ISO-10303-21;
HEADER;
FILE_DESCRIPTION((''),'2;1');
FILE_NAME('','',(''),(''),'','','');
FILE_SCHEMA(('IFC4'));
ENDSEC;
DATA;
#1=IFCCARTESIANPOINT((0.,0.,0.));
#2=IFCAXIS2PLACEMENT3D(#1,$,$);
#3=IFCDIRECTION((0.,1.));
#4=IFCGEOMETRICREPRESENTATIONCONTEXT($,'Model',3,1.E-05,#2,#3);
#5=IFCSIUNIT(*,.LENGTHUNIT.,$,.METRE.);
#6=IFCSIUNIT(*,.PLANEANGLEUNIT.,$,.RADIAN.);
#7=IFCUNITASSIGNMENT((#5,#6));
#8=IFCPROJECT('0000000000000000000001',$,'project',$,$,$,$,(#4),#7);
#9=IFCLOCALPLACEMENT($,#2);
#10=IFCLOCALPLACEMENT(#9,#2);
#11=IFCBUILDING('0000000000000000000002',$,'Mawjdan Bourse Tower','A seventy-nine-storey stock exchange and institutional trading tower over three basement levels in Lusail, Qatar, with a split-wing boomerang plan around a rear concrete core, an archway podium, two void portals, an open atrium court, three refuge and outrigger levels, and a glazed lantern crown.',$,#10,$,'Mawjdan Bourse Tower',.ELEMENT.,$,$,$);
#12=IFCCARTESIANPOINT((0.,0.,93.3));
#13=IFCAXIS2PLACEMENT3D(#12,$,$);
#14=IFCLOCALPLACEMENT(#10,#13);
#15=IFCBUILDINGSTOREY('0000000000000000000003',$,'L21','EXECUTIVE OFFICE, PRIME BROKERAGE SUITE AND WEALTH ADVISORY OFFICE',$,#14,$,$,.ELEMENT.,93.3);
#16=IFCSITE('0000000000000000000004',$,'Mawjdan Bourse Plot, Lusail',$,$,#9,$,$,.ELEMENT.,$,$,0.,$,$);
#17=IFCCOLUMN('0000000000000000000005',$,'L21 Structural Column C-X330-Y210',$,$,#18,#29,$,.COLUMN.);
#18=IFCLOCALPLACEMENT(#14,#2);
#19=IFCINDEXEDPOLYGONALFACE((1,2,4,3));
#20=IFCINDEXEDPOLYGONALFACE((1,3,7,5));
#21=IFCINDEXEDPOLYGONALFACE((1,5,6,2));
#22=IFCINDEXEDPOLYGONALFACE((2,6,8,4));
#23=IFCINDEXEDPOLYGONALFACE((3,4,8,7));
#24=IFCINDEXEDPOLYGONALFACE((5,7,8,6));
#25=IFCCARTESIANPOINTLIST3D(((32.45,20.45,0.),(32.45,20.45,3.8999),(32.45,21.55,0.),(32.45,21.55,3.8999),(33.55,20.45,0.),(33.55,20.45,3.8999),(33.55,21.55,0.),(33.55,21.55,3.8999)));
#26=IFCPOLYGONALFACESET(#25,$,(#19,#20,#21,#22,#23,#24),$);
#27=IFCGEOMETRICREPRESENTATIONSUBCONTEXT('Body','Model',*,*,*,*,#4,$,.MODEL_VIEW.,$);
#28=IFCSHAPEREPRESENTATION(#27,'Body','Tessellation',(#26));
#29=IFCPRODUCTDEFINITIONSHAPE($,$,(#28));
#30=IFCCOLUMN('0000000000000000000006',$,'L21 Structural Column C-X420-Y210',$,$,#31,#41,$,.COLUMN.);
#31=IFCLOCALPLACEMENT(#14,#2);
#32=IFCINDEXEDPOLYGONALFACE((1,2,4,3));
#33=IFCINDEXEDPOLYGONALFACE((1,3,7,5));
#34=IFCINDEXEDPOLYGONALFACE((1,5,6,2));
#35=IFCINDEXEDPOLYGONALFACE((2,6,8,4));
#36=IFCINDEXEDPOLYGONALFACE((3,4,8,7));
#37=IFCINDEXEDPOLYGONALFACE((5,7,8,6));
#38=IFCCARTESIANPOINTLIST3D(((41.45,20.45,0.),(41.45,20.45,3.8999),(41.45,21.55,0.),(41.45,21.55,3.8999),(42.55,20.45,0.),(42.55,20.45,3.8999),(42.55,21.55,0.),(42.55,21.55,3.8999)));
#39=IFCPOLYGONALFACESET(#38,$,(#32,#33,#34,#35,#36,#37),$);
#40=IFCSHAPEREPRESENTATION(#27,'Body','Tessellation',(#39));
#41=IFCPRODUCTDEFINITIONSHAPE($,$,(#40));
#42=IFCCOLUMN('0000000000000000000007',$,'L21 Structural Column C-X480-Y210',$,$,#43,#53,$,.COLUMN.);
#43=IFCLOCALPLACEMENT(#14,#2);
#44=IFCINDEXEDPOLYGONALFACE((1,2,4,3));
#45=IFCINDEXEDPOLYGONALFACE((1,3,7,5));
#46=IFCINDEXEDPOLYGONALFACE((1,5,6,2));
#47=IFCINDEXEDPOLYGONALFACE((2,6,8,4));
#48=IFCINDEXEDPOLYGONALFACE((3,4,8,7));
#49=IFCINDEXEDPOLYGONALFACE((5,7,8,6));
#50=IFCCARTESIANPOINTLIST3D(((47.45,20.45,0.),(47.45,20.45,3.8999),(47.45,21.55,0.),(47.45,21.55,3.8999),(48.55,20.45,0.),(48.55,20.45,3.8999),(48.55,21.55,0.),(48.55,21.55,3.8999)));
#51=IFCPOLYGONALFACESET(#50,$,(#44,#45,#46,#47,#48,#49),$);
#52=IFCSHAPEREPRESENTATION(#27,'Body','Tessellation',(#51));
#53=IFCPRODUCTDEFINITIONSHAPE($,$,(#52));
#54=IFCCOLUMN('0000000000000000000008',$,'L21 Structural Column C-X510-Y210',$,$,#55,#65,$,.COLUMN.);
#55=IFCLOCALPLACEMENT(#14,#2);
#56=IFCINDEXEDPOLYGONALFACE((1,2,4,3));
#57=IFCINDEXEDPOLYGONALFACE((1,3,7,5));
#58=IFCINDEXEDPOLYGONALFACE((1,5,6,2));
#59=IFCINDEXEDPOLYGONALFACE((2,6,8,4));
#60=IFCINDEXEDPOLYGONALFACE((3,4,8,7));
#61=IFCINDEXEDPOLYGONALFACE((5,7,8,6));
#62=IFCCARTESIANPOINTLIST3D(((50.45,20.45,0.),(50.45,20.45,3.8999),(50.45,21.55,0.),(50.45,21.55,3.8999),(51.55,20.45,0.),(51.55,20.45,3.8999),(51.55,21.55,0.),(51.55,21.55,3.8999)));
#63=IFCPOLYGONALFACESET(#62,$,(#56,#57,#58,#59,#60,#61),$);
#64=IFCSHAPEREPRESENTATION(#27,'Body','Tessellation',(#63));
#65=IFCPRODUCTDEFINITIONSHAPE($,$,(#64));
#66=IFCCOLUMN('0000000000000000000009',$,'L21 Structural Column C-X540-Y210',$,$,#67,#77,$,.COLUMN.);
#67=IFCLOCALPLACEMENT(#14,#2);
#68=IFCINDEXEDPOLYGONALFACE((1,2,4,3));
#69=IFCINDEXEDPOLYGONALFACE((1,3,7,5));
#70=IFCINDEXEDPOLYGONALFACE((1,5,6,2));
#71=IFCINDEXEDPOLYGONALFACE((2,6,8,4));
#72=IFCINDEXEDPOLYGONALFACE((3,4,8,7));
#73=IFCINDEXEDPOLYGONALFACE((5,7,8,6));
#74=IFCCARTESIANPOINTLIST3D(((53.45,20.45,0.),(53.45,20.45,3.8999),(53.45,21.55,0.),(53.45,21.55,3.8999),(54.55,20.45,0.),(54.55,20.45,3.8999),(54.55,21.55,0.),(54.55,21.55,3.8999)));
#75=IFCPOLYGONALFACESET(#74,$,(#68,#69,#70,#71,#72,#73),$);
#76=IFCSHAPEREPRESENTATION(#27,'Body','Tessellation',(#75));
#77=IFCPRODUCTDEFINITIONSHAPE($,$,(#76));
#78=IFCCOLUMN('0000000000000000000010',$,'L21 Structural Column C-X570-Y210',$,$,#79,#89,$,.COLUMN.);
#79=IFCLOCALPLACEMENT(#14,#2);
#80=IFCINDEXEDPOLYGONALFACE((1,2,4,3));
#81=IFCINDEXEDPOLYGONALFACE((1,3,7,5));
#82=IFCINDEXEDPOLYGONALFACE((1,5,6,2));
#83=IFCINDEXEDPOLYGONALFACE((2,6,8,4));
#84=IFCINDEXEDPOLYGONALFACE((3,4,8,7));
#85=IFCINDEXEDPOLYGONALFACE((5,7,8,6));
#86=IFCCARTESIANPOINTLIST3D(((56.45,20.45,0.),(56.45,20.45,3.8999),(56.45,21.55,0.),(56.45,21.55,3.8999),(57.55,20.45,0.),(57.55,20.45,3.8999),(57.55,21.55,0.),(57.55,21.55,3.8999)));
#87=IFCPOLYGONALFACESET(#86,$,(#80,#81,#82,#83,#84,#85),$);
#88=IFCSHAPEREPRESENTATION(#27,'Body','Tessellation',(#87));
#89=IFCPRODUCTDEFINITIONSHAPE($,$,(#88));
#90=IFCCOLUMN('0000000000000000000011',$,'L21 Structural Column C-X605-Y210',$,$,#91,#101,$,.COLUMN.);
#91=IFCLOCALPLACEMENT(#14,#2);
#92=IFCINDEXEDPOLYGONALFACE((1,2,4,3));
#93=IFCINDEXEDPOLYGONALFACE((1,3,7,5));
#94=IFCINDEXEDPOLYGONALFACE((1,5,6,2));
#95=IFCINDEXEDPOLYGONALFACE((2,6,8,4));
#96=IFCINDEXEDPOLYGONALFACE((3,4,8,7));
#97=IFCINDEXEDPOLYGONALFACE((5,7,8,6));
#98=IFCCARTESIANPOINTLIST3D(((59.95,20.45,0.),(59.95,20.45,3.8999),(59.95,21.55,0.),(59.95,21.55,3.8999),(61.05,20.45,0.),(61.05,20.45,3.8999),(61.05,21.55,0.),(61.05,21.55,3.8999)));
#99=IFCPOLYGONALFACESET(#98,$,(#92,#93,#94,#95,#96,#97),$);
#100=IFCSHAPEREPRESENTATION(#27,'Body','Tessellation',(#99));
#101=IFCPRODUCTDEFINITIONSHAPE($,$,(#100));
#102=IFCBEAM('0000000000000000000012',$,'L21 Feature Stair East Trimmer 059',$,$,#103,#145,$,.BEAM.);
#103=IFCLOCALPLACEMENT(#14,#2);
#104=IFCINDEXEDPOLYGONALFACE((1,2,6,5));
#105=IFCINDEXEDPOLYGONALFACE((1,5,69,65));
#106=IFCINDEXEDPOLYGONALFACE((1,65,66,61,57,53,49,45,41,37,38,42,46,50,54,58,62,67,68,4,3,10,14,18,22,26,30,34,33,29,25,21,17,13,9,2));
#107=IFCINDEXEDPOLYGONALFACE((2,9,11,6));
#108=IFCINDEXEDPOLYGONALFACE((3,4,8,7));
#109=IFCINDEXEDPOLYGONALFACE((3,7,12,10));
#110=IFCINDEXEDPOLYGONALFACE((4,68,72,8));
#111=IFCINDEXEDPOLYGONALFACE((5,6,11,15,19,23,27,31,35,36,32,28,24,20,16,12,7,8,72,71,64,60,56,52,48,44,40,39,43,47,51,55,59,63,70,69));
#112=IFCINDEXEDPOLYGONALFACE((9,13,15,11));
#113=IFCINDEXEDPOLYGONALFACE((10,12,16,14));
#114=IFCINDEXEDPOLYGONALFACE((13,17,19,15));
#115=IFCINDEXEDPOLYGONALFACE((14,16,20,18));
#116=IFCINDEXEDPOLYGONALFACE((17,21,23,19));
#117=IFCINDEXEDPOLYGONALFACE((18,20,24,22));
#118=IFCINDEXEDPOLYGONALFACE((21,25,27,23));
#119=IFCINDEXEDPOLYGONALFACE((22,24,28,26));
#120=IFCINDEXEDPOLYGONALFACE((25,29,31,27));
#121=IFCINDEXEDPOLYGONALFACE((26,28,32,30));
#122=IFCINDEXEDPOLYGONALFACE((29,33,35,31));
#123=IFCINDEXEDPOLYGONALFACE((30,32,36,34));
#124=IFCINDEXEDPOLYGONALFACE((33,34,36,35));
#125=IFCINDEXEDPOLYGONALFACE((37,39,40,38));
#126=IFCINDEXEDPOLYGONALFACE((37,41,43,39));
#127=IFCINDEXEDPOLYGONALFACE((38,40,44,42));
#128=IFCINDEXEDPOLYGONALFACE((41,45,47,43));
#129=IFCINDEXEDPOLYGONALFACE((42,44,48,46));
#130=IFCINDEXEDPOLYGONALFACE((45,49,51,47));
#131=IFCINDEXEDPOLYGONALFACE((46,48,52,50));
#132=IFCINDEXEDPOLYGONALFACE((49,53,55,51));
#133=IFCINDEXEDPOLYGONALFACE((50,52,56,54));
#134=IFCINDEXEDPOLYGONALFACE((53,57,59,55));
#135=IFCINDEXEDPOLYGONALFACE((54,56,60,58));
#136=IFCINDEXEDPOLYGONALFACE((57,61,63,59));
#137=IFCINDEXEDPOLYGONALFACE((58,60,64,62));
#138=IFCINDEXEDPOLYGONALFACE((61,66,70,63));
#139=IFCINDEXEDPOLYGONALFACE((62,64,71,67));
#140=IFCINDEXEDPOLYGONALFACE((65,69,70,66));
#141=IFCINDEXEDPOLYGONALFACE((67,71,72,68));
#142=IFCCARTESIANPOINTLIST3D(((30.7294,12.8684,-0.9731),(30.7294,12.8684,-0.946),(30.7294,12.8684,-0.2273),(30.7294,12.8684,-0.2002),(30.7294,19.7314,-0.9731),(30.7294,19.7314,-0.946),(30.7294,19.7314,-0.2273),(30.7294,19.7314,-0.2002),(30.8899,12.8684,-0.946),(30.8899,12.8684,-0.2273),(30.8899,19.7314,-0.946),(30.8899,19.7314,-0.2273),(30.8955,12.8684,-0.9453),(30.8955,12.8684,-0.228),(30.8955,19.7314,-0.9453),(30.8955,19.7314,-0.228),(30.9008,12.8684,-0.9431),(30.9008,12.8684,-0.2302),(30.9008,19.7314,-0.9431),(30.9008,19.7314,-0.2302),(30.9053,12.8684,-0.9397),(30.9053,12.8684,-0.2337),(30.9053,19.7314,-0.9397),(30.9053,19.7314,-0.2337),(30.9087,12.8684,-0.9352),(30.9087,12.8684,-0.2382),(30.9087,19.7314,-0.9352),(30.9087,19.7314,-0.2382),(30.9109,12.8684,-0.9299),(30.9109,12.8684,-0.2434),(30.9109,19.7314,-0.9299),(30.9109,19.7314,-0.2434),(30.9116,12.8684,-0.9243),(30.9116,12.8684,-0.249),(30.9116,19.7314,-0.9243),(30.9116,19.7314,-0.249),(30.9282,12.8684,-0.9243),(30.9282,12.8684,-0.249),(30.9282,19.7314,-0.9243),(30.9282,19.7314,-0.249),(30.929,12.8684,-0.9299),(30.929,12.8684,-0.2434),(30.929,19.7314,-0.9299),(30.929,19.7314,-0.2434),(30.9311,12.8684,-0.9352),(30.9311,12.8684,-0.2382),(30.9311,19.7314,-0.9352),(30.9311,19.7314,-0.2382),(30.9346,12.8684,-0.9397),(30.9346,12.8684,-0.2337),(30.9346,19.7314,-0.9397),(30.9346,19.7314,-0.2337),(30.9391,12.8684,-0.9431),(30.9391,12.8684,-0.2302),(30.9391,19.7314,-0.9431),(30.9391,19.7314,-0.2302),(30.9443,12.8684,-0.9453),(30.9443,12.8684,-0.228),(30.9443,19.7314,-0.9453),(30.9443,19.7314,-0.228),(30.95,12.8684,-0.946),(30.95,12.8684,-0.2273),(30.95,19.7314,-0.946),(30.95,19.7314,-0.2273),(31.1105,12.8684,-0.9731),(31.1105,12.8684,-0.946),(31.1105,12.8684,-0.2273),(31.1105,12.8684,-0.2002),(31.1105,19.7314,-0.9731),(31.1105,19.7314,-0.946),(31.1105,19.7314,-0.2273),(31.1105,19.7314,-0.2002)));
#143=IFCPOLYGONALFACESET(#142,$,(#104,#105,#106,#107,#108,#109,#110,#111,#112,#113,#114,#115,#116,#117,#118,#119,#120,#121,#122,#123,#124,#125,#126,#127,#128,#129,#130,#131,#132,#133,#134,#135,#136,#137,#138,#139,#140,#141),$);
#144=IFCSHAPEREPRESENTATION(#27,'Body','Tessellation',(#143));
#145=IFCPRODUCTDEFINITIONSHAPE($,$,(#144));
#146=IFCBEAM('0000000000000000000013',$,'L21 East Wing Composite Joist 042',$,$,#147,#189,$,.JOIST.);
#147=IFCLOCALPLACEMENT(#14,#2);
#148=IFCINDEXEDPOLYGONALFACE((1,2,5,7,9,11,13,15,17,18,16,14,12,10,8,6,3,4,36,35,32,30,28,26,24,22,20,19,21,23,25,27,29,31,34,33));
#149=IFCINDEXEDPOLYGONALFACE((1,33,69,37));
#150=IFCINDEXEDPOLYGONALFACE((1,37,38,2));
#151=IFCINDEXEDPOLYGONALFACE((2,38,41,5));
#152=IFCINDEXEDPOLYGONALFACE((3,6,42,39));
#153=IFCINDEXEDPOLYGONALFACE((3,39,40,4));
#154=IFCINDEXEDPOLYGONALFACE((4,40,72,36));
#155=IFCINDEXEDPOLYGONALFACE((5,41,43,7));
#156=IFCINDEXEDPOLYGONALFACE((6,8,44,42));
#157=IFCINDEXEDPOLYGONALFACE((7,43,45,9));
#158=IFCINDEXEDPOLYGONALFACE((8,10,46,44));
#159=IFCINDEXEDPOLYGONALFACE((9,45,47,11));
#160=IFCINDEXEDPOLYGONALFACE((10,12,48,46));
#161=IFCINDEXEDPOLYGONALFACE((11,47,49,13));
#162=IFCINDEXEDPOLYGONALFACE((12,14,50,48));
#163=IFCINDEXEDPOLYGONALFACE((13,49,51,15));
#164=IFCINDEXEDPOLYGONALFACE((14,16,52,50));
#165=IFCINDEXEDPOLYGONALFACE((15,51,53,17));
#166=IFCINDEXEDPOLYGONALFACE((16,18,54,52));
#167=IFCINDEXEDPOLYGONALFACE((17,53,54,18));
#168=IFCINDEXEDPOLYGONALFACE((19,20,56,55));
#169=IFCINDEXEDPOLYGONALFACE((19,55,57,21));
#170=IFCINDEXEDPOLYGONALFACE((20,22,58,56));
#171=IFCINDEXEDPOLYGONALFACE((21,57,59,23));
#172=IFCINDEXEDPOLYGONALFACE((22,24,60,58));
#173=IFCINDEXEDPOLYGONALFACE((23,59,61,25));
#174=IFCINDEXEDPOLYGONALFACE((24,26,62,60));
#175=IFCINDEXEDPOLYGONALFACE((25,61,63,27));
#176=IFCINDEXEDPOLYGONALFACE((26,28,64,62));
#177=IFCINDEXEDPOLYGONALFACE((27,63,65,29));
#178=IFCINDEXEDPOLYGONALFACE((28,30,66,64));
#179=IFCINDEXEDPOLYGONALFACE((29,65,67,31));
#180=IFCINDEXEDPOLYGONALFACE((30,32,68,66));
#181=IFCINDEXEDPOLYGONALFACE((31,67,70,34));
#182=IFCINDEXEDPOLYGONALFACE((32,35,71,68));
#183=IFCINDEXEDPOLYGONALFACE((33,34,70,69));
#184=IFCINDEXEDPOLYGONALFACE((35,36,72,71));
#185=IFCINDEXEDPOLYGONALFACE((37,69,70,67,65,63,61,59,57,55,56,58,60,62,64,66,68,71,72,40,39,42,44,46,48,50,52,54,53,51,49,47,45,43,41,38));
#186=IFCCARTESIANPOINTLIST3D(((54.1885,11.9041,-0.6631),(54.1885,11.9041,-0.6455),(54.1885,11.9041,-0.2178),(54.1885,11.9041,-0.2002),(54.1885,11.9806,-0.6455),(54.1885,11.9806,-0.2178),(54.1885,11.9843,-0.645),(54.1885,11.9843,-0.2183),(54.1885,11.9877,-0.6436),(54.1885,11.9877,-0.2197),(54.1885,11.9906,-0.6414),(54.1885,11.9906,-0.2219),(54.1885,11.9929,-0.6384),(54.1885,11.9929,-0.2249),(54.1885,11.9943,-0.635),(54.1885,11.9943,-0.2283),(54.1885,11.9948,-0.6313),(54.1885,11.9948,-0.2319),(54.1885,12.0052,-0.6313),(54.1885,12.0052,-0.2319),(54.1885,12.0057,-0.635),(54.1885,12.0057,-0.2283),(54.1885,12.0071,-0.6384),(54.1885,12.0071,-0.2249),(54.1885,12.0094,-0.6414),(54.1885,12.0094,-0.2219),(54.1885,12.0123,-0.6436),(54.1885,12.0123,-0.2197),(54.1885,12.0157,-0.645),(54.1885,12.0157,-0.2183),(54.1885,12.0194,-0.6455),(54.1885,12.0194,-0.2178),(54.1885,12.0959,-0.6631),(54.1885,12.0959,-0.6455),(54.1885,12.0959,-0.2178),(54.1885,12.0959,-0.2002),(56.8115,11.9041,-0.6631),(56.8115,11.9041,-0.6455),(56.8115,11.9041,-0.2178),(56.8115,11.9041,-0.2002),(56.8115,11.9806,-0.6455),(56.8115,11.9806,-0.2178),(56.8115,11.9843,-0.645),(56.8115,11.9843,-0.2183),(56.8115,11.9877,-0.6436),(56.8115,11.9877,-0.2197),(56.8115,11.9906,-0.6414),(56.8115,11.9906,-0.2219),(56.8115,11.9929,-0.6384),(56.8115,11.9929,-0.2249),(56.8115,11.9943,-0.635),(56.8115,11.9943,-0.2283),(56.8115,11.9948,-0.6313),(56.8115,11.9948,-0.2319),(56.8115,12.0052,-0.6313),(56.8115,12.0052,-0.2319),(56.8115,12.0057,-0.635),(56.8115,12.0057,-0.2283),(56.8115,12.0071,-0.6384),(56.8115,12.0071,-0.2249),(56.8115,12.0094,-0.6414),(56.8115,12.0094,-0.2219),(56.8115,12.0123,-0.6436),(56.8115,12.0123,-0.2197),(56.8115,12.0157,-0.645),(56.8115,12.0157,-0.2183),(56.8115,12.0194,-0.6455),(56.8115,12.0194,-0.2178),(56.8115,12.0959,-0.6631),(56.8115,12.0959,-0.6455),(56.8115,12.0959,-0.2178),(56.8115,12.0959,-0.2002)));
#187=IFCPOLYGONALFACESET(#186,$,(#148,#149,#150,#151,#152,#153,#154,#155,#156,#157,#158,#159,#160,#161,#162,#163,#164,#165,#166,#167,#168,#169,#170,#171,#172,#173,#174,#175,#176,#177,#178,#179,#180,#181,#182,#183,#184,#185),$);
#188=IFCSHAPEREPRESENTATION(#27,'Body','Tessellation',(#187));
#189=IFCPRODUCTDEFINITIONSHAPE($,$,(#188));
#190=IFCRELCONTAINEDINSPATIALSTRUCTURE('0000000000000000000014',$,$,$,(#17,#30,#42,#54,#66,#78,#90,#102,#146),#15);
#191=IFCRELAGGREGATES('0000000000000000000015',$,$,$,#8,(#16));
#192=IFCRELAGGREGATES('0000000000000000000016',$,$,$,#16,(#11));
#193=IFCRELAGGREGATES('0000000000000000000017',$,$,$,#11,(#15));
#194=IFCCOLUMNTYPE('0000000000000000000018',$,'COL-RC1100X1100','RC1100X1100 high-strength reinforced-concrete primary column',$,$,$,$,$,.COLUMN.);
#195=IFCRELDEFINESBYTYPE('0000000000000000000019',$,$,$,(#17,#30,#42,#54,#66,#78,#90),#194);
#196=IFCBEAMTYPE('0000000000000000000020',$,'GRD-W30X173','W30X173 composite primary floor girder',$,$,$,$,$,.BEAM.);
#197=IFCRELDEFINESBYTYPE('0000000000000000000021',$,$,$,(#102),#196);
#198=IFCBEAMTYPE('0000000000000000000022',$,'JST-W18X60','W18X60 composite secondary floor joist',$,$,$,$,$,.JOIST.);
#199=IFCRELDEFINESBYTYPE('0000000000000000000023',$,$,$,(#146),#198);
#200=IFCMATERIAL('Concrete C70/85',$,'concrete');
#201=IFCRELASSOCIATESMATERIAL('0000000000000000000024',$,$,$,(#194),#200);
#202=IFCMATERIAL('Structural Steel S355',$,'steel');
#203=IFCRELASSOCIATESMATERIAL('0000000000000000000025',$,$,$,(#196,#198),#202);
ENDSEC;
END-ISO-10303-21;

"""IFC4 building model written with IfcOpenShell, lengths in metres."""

from ifc_helpers import new_model, si_unit, direction, frame, origin, origin_2d, place, context, subcontext, project, spatial, rectangle, i_section, extrude, material, material_profile, profile_set, type_object, element, save


model = new_model("IFC4")

# Units and contexts
model_context = context("Model", 3, precision=1e-05, world=origin(), true_north=direction((0.0, 1.0)))
body_context = subcontext(model_context, "Body", "Model", "MODEL_VIEW")
ifc_project = project(units=[si_unit("LENGTHUNIT", "METRE"), si_unit("PLANEANGLEUNIT", "RADIAN")], contexts=[model_context])

# Site, building, storey
site_placement = place(None, origin())
site = spatial("IfcSite", under=ifc_project, at=site_placement, Name="Mawjdan Bourse Plot, Lusail", CompositionType="ELEMENT", RefElevation=0.0)
building_placement = place(site_placement, origin())
building = spatial("IfcBuilding", under=site, at=building_placement, Name="Mawjdan Bourse Tower", Description="A seventy-nine-storey stock exchange and institutional trading tower over three basement levels in Lusail, Qatar, with a split-wing boomerang plan around a rear concrete core, an archway podium, two void portals, an open atrium court, three refuge and outrigger levels, and a glazed lantern crown.", LongName="Mawjdan Bourse Tower", CompositionType="ELEMENT")
storey_placement = place(building_placement, frame((0.0, 0.0, 93.3)))
storey = spatial("IfcBuildingStorey", under=building, at=storey_placement, Name="L21", Description="EXECUTIVE OFFICE, PRIME BROKERAGE SUITE AND WEALTH ADVISORY OFFICE", CompositionType="ELEMENT", Elevation=93.3)

# Columns
ifc_material_1 = material(Name="Concrete C70/85", Category="concrete")
ifc_material_profile_1 = material_profile(ifc_material_1, rectangle(XDim=1.1001, YDim=1.1001, at=origin_2d()), Name="RC1100X1100")
ifc_profile_set_1 = profile_set([ifc_material_profile_1], Name="Concrete C70/85")
column_type = type_object("IfcColumnType", Name="COL-RC1100X1100", Description="RC1100X1100 high-strength reinforced-concrete primary column", PredefinedType="COLUMN", material=ifc_profile_set_1)
for number, where, z_axis, x_axis, name in (
    (1, (33.0, 21.0, 0.0), (0.0, 0.0, 1.0), (1.0, 0.0, 0.0), "L21 Structural Column C-X330-Y210"),
    (2, (42.0, 21.0, 0.0), (0.0, 0.0, 1.0), (1.0, 0.0, 0.0), "L21 Structural Column C-X420-Y210"),
    (3, (48.0, 21.0, 0.0), (0.0, 0.0, 1.0), (1.0, 0.0, 0.0), "L21 Structural Column C-X480-Y210"),
    (4, (51.0, 21.0, 0.0), (0.0, 0.0, 1.0), (1.0, 0.0, 0.0), "L21 Structural Column C-X510-Y210"),
    (5, (54.0, 21.0, 0.0), (0.0, 0.0, 1.0), (1.0, 0.0, 0.0), "L21 Structural Column C-X540-Y210"),
    (6, (57.0, 21.0, 0.0), (0.0, 0.0, 1.0), (1.0, 0.0, 0.0), "L21 Structural Column C-X570-Y210"),
    (7, (60.5, 21.0, 0.0), (0.0, 0.0, 1.0), (1.0, 0.0, 0.0), "L21 Structural Column C-X605-Y210"),
):
    element("IfcColumn", number, at=place(storey_placement, frame(where, z_axis=z_axis, x_axis=x_axis)), inside=storey, type_object=column_type, Name=name, PredefinedType="COLUMN", context=body_context, shape_type="SweptSolid", body=[
        extrude(rectangle(XDim=1.1001, YDim=1.1001, at=origin_2d()), origin(), (0.0, 0.0, 1.0), 3.8999),
    ])

# Beams
ifc_material_2 = material(Name="Structural Steel S355", Category="steel")
ifc_material_profile_2 = material_profile(ifc_material_2, i_section(OverallWidth=0.3811, OverallDepth=0.7729, WebThickness=0.0166, FlangeThickness=0.0271, FilletRadius=0.0217, at=origin_2d()), Name="W30X173")
ifc_profile_set_2 = profile_set([ifc_material_profile_2], Name="Structural Steel S355")
beam_type_1 = type_object("IfcBeamType", Name="GRD-W30X173", Description="W30X173 composite primary floor girder", PredefinedType="BEAM", material=ifc_profile_set_2)
beam_1_placement = place(storey_placement, frame((30.9199, 12.8684, -0.5867), z_axis=(0.0, 1.0, 0.0), x_axis=(-1.0, 0.0, 0.0)))
element("IfcBeam", 8, at=beam_1_placement, inside=storey, type_object=beam_type_1, Name="L21 Feature Stair East Trimmer 059", PredefinedType="BEAM", context=body_context, shape_type="SweptSolid", body=[
    extrude(i_section(OverallWidth=0.3811, OverallDepth=0.7729, WebThickness=0.0166, FlangeThickness=0.0271, FilletRadius=0.0217, at=origin_2d()), origin(), (0.0, 0.0, 1.0), 6.863),
])
ifc_material_profile_3 = material_profile(ifc_material_2, i_section(OverallWidth=0.1919, OverallDepth=0.4629, WebThickness=0.0105, FlangeThickness=0.0176, FilletRadius=0.0142, at=origin_2d()), Name="W18X60")
ifc_profile_set_3 = profile_set([ifc_material_profile_3], Name="Structural Steel S355")
beam_type_2 = type_object("IfcBeamType", Name="JST-W18X60", Description="W18X60 composite secondary floor joist", PredefinedType="JOIST", material=ifc_profile_set_3)
beam_2_placement = place(storey_placement, frame((54.1885, 12.0, -0.4316), z_axis=(1.0, 0.0, 0.0), x_axis=(0.0, 1.0, 0.0)))
element("IfcBeam", 9, at=beam_2_placement, inside=storey, type_object=beam_type_2, Name="L21 East Wing Composite Joist 042", PredefinedType="JOIST", context=body_context, shape_type="SweptSolid", body=[
    extrude(i_section(OverallWidth=0.1919, OverallDepth=0.4629, WebThickness=0.0105, FlangeThickness=0.0176, FilletRadius=0.0142, at=origin_2d()), origin(), (0.0, 0.0, 1.0), 2.623),
])

save(model, "model.ifc")
